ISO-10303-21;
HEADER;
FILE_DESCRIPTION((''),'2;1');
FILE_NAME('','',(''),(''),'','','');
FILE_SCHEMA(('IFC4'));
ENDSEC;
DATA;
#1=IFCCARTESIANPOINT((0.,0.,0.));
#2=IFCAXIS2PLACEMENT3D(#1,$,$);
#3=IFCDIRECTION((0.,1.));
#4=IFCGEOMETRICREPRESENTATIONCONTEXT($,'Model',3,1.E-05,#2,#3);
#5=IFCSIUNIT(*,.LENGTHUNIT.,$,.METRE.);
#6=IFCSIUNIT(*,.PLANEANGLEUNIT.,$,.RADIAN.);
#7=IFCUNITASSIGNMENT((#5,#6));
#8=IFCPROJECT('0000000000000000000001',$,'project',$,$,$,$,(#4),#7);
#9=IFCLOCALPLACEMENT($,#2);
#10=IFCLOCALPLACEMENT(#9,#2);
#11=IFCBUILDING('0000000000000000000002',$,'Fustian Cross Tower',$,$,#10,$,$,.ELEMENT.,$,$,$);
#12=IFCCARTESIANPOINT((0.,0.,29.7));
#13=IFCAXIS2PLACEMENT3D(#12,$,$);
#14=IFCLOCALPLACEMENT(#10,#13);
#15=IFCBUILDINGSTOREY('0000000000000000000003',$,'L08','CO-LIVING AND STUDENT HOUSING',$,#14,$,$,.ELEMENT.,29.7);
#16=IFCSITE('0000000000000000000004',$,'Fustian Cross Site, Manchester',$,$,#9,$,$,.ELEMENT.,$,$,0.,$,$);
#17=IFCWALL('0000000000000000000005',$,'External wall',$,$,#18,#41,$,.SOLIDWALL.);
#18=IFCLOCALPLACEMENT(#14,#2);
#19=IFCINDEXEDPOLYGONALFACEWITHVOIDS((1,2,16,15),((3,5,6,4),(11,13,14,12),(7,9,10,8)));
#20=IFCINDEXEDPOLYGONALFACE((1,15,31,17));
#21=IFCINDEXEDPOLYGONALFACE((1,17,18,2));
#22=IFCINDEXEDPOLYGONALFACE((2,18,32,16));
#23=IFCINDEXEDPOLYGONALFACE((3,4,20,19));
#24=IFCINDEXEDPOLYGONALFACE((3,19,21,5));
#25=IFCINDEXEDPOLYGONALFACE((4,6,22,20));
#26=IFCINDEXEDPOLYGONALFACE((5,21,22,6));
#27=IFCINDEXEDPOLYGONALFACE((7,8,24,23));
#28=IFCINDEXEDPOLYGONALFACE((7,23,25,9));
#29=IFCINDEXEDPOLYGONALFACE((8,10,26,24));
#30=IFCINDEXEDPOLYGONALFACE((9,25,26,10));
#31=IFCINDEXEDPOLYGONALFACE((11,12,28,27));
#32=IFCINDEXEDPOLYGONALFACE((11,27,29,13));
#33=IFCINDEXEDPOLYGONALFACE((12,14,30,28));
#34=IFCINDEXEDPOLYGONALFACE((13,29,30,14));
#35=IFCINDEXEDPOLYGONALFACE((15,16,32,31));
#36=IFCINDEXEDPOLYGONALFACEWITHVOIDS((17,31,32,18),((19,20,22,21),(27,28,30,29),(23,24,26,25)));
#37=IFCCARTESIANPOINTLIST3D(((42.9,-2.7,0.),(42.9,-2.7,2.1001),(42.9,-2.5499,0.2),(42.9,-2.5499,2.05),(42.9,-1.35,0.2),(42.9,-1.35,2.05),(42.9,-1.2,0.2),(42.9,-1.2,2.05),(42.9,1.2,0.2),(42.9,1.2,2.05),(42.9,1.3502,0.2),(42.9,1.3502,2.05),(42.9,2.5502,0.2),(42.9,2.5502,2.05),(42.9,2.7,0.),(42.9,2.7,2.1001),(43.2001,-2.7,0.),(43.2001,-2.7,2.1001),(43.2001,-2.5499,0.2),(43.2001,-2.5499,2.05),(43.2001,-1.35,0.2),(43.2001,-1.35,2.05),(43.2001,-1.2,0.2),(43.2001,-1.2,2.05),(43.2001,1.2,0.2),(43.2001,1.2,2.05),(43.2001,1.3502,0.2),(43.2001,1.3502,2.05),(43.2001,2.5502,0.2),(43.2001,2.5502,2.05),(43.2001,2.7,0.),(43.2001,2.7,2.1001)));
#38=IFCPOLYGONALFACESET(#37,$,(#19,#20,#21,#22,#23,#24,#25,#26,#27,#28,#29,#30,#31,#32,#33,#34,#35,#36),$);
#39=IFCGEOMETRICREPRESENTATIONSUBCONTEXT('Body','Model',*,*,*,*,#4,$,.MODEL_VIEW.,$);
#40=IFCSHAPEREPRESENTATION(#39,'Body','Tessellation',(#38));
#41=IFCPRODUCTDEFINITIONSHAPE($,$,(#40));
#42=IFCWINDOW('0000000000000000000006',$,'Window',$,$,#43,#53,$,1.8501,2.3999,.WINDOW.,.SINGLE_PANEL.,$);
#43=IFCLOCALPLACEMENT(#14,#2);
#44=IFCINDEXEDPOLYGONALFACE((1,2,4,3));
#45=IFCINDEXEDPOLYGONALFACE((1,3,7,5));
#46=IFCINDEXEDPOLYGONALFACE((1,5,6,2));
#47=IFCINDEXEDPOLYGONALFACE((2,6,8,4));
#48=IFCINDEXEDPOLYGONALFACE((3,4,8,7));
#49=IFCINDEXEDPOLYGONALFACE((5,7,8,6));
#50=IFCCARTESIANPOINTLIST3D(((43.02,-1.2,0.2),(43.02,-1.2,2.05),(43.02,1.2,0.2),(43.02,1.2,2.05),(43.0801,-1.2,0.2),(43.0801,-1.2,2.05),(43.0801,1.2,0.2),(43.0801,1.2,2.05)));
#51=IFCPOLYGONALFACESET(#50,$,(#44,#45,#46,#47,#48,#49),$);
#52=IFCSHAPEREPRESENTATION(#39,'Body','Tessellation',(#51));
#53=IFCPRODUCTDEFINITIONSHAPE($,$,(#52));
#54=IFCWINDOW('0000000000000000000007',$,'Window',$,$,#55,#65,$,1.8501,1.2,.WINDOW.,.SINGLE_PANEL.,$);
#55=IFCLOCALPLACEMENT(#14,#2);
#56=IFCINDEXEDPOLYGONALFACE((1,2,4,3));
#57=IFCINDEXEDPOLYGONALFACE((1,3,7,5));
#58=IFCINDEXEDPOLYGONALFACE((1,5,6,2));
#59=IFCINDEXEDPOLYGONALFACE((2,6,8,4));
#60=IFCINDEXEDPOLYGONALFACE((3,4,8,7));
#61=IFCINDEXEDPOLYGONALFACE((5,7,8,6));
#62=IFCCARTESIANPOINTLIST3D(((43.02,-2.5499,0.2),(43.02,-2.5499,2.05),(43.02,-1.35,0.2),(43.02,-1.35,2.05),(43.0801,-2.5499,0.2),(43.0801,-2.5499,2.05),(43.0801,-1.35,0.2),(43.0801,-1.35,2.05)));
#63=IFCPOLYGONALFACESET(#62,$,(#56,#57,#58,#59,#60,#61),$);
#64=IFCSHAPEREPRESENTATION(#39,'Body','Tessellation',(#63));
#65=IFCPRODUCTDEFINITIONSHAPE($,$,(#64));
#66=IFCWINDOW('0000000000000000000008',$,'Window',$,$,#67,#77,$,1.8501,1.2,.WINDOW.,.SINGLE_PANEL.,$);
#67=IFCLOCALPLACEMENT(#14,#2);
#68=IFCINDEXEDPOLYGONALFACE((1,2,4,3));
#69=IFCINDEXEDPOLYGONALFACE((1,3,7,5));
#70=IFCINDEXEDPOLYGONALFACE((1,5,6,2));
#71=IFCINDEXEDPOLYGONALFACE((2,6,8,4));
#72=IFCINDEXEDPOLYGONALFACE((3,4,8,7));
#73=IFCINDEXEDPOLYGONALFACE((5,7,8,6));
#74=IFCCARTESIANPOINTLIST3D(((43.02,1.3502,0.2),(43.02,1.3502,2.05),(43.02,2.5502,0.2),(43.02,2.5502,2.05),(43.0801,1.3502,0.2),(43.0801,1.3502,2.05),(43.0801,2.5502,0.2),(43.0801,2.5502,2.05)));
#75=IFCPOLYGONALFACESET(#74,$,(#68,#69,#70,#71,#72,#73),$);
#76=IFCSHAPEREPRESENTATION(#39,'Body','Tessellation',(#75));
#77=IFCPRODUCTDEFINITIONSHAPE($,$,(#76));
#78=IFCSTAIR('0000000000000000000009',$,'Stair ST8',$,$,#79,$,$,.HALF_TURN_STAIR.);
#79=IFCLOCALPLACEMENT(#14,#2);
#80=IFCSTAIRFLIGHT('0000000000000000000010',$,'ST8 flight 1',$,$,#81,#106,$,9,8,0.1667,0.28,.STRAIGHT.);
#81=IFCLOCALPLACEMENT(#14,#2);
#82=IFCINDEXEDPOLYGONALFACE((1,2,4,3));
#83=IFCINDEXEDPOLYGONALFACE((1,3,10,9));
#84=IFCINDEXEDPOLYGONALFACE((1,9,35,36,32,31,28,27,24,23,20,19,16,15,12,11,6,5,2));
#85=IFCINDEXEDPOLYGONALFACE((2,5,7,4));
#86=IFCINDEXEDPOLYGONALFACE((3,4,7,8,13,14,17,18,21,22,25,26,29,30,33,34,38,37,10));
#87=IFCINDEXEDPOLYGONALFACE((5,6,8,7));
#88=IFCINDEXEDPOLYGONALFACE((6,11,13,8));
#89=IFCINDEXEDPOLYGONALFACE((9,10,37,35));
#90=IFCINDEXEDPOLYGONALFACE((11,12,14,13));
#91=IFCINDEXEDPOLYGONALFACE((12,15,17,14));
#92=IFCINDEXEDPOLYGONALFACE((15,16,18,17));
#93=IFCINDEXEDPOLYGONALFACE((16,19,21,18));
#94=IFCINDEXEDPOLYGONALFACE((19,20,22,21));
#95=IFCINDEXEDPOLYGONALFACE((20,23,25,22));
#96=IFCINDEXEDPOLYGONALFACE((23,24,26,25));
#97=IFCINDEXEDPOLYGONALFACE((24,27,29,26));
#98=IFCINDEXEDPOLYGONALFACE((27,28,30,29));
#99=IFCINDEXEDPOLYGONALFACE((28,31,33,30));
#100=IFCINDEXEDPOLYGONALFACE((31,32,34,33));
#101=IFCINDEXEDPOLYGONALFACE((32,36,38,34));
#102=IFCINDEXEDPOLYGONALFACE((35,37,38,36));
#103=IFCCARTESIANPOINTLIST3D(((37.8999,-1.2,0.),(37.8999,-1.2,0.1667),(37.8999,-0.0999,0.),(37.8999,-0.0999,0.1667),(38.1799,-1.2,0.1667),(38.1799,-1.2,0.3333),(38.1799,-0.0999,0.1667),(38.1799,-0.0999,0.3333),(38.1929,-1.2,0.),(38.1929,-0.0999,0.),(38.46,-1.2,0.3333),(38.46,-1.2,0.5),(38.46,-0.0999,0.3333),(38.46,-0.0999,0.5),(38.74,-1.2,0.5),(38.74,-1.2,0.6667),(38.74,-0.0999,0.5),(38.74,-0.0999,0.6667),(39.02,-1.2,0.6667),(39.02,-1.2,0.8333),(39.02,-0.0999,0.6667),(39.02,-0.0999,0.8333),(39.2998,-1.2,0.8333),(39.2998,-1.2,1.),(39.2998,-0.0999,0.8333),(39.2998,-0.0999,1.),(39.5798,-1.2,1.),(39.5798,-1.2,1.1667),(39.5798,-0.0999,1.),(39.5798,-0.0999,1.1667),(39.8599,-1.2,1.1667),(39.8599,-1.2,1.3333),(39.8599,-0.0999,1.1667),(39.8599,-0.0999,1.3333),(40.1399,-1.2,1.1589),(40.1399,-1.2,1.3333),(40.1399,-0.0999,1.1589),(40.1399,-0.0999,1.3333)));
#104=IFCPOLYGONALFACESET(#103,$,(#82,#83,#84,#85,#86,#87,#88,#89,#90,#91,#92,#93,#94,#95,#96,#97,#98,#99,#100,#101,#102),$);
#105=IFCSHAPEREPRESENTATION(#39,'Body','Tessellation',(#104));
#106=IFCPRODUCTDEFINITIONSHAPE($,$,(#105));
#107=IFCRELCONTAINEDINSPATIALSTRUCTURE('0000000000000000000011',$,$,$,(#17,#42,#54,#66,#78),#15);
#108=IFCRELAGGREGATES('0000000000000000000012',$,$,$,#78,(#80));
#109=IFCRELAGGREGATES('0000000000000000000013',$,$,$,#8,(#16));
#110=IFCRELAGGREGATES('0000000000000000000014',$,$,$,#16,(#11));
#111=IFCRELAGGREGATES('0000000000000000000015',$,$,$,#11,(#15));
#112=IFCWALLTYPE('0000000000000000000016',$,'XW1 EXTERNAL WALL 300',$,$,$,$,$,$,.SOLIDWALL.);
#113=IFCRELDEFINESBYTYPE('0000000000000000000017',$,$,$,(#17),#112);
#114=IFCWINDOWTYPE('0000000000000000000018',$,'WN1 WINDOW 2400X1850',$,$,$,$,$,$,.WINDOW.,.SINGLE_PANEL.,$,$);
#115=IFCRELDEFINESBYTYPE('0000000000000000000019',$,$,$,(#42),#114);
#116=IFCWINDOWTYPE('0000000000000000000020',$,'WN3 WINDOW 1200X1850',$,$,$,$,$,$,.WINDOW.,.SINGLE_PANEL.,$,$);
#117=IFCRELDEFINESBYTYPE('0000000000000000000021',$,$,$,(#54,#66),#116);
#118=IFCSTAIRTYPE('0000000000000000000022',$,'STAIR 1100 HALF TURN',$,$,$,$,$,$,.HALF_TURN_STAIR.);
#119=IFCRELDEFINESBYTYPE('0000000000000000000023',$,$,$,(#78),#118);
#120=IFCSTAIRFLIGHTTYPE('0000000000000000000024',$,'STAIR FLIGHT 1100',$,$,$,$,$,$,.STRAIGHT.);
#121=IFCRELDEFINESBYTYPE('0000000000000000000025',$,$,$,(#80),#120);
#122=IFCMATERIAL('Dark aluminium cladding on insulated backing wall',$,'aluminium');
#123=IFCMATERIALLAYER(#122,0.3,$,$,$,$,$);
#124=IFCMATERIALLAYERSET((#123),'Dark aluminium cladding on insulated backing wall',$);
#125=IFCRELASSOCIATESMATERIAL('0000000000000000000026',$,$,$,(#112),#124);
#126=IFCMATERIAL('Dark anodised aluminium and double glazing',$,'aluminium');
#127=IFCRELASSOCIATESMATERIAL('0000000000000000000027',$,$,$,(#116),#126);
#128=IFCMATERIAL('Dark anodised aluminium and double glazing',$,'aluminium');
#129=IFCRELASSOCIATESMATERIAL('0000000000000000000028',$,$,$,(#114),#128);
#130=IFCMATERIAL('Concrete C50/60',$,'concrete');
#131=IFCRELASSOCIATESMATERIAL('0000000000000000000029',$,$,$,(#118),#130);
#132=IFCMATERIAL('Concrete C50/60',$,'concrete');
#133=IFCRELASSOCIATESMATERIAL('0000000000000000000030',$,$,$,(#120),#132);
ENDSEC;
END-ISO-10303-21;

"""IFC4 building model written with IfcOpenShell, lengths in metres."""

from ifc_helpers import new_model, si_unit, direction, frame, frame_2d, origin, place, context, subcontext, project, spatial, polyline, rectangle, outline, extrude, material, layer, layer_set, type_object, element, fill, aggregate, save


model = new_model("IFC4")

# Units and contexts
model_context = context("Model", 3, precision=1e-05, world=origin(), true_north=direction((0.0, 1.0)))
body_context = subcontext(model_context, "Body", "Model", "MODEL_VIEW")
ifc_project = project(units=[si_unit("LENGTHUNIT", "METRE"), si_unit("PLANEANGLEUNIT", "RADIAN")], contexts=[model_context])

# Site, building, storey
site_placement = place(None, origin())
site = spatial("IfcSite", under=ifc_project, at=site_placement, Name="Fustian Cross Site, Manchester", CompositionType="ELEMENT", RefElevation=0.0)
building_placement = place(site_placement, origin())
building = spatial("IfcBuilding", under=site, at=building_placement, Name="Fustian Cross Tower", CompositionType="ELEMENT")
storey_placement = place(building_placement, frame((0.0, 0.0, 29.7)))
storey = spatial("IfcBuildingStorey", under=building, at=storey_placement, Name="L08", Description="CO-LIVING AND STUDENT HOUSING", CompositionType="ELEMENT", Elevation=29.7)

# Shared definitions
ifc_material_1 = material(Name="Dark aluminium cladding on insulated backing wall", Category="aluminium")
ifc_layer_1 = layer(ifc_material_1, 0.3)
ifc_layer_set_1 = layer_set([ifc_layer_1], Name="Dark aluminium cladding on insulated backing wall")
wall_type_1 = type_object("IfcWallType", Name="XW1 EXTERNAL WALL 300", PredefinedType="SOLIDWALL", material=ifc_layer_set_1)

# Shared definitions
ifc_material_2 = material(Name="Dark anodised aluminium and double glazing", Category="aluminium")
window_type_1 = type_object("IfcWindowType", Name="WN3 WINDOW 1200X1850", PartitioningType="SINGLE_PANEL", PredefinedType="WINDOW", material=ifc_material_2)

# Wall, openings, windows
wall_1_placement = place(storey_placement, frame((43.05, -2.7, 0.0), z_axis=(0.0, 0.0, 1.0), x_axis=(0.0, 1.0, 0.0)))
wall_1 = element("IfcWall", 1, at=wall_1_placement, inside=storey, type_object=wall_type_1, Name="External wall", PredefinedType="SOLIDWALL", context=body_context, shape_type="SweptSolid", body=[
    extrude(rectangle(XDim=5.3999, YDim=0.3, at=frame_2d((2.7, 0.0))), origin(), (0.0, 0.0, 1.0), 2.1001),
])
opening_1_placement = place(wall_1_placement, frame((1.5, 0.0, 0.2)))
opening_1 = element("IfcOpeningElement", 2, at=opening_1_placement, cuts=wall_1, PredefinedType="OPENING", context=body_context, shape_type="SweptSolid", body=[
    extrude(rectangle(XDim=2.3999, YDim=1.8501, at=frame_2d((1.2, 0.925))), frame((0.0, 0.1599, 0.0), z_axis=(0.0, -1.0, 0.0), x_axis=(1.0, 0.0, 0.0)), (0.0, 0.0, 1.0), 0.3201),
])
opening_2_placement = place(wall_1_placement, frame((0.1499, 0.0, 0.2)))
opening_2 = element("IfcOpeningElement", 3, at=opening_2_placement, cuts=wall_1, PredefinedType="OPENING", context=body_context, shape_type="SweptSolid", body=[
    extrude(rectangle(XDim=1.2, YDim=1.8501, at=frame_2d((0.6001, 0.925))), frame((0.0, 0.1599, 0.0), z_axis=(0.0, -1.0, 0.0), x_axis=(1.0, 0.0, 0.0)), (0.0, 0.0, 1.0), 0.3201),
])
opening_3_placement = place(wall_1_placement, frame((4.05, 0.0, 0.2)))
opening_3 = element("IfcOpeningElement", 4, at=opening_3_placement, cuts=wall_1, PredefinedType="OPENING", context=body_context, shape_type="SweptSolid", body=[
    extrude(rectangle(XDim=1.2, YDim=1.8501, at=frame_2d((0.6001, 0.925))), frame((0.0, 0.1599, 0.0), z_axis=(0.0, -1.0, 0.0), x_axis=(1.0, 0.0, 0.0)), (0.0, 0.0, 1.0), 0.3201),
])
ifc_material_3 = material(Name="Dark anodised aluminium and double glazing", Category="aluminium")
window_type_2 = type_object("IfcWindowType", Name="WN1 WINDOW 2400X1850", PartitioningType="SINGLE_PANEL", PredefinedType="WINDOW", material=ifc_material_3)
window_1_placement = place(opening_1_placement, origin())
window_1 = element("IfcWindow", 5, at=window_1_placement, inside=storey, type_object=window_type_2, Name="Window", OverallHeight=1.8501, OverallWidth=2.3999, PartitioningType="SINGLE_PANEL", PredefinedType="WINDOW", context=body_context, shape_type="SweptSolid", body=[
    extrude(rectangle(XDim=2.3999, YDim=1.8501, at=frame_2d((1.2, 0.925))), frame((0.0, 0.03, 0.0), z_axis=(0.0, -1.0, 0.0), x_axis=(1.0, 0.0, 0.0)), (0.0, 0.0, 1.0), 0.0601),
])
fill(opening_1, window_1)
window_2_placement = place(opening_2_placement, origin())
window_2 = element("IfcWindow", 6, at=window_2_placement, inside=storey, type_object=window_type_1, Name="Window", OverallHeight=1.8501, OverallWidth=1.2, PartitioningType="SINGLE_PANEL", PredefinedType="WINDOW", context=body_context, shape_type="SweptSolid", body=[
    extrude(rectangle(XDim=1.2, YDim=1.8501, at=frame_2d((0.6001, 0.925))), frame((0.0, 0.03, 0.0), z_axis=(0.0, -1.0, 0.0), x_axis=(1.0, 0.0, 0.0)), (0.0, 0.0, 1.0), 0.0601),
])
fill(opening_2, window_2)
window_3_placement = place(opening_3_placement, origin())
window_3 = element("IfcWindow", 7, at=window_3_placement, inside=storey, type_object=window_type_1, Name="Window", OverallHeight=1.8501, OverallWidth=1.2, PartitioningType="SINGLE_PANEL", PredefinedType="WINDOW", context=body_context, shape_type="SweptSolid", body=[
    extrude(rectangle(XDim=1.2, YDim=1.8501, at=frame_2d((0.6001, 0.925))), frame((0.0, 0.03, 0.0), z_axis=(0.0, -1.0, 0.0), x_axis=(1.0, 0.0, 0.0)), (0.0, 0.0, 1.0), 0.0601),
])
fill(opening_3, window_3)

# Stair, stair flight
ifc_material_4 = material(Name="Concrete C50/60", Category="concrete")
stair_type = type_object("IfcStairType", Name="STAIR 1100 HALF TURN", PredefinedType="HALF_TURN_STAIR", material=ifc_material_4)
stair_placement = place(storey_placement, origin())
stair = element("IfcStair", 8, at=stair_placement, inside=storey, type_object=stair_type, Name="Stair ST8", PredefinedType="HALF_TURN_STAIR")
ifc_material_5 = material(Name="Concrete C50/60", Category="concrete")
stair_flight_type = type_object("IfcStairFlightType", Name="STAIR FLIGHT 1100", PredefinedType="STRAIGHT", material=ifc_material_5)
stair_flight_placement = place(storey_placement, frame((37.8999, -0.6499, 0.0), z_axis=(0.0, 0.0, 1.0), x_axis=(1.0, 0.0, 0.0)))
stair_flight = element("IfcStairFlight", 9, at=stair_flight_placement, type_object=stair_flight_type, Name="ST8 flight 1", NumberOfRisers=9, NumberOfTreads=8, PredefinedType="STRAIGHT", RiserHeight=0.1667, TreadLength=0.28, context=body_context, shape_type="SweptSolid", body=[
    extrude(outline(polyline([(0.0, 0.0), (0.0, 0.1667), (0.28, 0.1667), (0.28, 0.3333), (0.5601, 0.3333), (0.5601, 0.5), (0.8401, 0.5), (0.8401, 0.6667), (1.1201, 0.6667), (1.1201, 0.8333), (1.3999, 0.8333), (1.3999, 1.0), (1.6799, 1.0), (1.6799, 1.1667), (1.96, 1.1667), (1.96, 1.3333), (2.24, 1.3333), (2.24, 1.5), (2.24, 1.1589), (0.293, 0.0), (0.0, 0.0)])), frame((0.0, 0.55, 0.0), z_axis=(0.0, -1.0, 0.0), x_axis=(1.0, 0.0, 0.0)), (0.0, 0.0, 1.0), 1.1001),
])
aggregate(stair, [stair_flight])

save(model, "model.ifc")
